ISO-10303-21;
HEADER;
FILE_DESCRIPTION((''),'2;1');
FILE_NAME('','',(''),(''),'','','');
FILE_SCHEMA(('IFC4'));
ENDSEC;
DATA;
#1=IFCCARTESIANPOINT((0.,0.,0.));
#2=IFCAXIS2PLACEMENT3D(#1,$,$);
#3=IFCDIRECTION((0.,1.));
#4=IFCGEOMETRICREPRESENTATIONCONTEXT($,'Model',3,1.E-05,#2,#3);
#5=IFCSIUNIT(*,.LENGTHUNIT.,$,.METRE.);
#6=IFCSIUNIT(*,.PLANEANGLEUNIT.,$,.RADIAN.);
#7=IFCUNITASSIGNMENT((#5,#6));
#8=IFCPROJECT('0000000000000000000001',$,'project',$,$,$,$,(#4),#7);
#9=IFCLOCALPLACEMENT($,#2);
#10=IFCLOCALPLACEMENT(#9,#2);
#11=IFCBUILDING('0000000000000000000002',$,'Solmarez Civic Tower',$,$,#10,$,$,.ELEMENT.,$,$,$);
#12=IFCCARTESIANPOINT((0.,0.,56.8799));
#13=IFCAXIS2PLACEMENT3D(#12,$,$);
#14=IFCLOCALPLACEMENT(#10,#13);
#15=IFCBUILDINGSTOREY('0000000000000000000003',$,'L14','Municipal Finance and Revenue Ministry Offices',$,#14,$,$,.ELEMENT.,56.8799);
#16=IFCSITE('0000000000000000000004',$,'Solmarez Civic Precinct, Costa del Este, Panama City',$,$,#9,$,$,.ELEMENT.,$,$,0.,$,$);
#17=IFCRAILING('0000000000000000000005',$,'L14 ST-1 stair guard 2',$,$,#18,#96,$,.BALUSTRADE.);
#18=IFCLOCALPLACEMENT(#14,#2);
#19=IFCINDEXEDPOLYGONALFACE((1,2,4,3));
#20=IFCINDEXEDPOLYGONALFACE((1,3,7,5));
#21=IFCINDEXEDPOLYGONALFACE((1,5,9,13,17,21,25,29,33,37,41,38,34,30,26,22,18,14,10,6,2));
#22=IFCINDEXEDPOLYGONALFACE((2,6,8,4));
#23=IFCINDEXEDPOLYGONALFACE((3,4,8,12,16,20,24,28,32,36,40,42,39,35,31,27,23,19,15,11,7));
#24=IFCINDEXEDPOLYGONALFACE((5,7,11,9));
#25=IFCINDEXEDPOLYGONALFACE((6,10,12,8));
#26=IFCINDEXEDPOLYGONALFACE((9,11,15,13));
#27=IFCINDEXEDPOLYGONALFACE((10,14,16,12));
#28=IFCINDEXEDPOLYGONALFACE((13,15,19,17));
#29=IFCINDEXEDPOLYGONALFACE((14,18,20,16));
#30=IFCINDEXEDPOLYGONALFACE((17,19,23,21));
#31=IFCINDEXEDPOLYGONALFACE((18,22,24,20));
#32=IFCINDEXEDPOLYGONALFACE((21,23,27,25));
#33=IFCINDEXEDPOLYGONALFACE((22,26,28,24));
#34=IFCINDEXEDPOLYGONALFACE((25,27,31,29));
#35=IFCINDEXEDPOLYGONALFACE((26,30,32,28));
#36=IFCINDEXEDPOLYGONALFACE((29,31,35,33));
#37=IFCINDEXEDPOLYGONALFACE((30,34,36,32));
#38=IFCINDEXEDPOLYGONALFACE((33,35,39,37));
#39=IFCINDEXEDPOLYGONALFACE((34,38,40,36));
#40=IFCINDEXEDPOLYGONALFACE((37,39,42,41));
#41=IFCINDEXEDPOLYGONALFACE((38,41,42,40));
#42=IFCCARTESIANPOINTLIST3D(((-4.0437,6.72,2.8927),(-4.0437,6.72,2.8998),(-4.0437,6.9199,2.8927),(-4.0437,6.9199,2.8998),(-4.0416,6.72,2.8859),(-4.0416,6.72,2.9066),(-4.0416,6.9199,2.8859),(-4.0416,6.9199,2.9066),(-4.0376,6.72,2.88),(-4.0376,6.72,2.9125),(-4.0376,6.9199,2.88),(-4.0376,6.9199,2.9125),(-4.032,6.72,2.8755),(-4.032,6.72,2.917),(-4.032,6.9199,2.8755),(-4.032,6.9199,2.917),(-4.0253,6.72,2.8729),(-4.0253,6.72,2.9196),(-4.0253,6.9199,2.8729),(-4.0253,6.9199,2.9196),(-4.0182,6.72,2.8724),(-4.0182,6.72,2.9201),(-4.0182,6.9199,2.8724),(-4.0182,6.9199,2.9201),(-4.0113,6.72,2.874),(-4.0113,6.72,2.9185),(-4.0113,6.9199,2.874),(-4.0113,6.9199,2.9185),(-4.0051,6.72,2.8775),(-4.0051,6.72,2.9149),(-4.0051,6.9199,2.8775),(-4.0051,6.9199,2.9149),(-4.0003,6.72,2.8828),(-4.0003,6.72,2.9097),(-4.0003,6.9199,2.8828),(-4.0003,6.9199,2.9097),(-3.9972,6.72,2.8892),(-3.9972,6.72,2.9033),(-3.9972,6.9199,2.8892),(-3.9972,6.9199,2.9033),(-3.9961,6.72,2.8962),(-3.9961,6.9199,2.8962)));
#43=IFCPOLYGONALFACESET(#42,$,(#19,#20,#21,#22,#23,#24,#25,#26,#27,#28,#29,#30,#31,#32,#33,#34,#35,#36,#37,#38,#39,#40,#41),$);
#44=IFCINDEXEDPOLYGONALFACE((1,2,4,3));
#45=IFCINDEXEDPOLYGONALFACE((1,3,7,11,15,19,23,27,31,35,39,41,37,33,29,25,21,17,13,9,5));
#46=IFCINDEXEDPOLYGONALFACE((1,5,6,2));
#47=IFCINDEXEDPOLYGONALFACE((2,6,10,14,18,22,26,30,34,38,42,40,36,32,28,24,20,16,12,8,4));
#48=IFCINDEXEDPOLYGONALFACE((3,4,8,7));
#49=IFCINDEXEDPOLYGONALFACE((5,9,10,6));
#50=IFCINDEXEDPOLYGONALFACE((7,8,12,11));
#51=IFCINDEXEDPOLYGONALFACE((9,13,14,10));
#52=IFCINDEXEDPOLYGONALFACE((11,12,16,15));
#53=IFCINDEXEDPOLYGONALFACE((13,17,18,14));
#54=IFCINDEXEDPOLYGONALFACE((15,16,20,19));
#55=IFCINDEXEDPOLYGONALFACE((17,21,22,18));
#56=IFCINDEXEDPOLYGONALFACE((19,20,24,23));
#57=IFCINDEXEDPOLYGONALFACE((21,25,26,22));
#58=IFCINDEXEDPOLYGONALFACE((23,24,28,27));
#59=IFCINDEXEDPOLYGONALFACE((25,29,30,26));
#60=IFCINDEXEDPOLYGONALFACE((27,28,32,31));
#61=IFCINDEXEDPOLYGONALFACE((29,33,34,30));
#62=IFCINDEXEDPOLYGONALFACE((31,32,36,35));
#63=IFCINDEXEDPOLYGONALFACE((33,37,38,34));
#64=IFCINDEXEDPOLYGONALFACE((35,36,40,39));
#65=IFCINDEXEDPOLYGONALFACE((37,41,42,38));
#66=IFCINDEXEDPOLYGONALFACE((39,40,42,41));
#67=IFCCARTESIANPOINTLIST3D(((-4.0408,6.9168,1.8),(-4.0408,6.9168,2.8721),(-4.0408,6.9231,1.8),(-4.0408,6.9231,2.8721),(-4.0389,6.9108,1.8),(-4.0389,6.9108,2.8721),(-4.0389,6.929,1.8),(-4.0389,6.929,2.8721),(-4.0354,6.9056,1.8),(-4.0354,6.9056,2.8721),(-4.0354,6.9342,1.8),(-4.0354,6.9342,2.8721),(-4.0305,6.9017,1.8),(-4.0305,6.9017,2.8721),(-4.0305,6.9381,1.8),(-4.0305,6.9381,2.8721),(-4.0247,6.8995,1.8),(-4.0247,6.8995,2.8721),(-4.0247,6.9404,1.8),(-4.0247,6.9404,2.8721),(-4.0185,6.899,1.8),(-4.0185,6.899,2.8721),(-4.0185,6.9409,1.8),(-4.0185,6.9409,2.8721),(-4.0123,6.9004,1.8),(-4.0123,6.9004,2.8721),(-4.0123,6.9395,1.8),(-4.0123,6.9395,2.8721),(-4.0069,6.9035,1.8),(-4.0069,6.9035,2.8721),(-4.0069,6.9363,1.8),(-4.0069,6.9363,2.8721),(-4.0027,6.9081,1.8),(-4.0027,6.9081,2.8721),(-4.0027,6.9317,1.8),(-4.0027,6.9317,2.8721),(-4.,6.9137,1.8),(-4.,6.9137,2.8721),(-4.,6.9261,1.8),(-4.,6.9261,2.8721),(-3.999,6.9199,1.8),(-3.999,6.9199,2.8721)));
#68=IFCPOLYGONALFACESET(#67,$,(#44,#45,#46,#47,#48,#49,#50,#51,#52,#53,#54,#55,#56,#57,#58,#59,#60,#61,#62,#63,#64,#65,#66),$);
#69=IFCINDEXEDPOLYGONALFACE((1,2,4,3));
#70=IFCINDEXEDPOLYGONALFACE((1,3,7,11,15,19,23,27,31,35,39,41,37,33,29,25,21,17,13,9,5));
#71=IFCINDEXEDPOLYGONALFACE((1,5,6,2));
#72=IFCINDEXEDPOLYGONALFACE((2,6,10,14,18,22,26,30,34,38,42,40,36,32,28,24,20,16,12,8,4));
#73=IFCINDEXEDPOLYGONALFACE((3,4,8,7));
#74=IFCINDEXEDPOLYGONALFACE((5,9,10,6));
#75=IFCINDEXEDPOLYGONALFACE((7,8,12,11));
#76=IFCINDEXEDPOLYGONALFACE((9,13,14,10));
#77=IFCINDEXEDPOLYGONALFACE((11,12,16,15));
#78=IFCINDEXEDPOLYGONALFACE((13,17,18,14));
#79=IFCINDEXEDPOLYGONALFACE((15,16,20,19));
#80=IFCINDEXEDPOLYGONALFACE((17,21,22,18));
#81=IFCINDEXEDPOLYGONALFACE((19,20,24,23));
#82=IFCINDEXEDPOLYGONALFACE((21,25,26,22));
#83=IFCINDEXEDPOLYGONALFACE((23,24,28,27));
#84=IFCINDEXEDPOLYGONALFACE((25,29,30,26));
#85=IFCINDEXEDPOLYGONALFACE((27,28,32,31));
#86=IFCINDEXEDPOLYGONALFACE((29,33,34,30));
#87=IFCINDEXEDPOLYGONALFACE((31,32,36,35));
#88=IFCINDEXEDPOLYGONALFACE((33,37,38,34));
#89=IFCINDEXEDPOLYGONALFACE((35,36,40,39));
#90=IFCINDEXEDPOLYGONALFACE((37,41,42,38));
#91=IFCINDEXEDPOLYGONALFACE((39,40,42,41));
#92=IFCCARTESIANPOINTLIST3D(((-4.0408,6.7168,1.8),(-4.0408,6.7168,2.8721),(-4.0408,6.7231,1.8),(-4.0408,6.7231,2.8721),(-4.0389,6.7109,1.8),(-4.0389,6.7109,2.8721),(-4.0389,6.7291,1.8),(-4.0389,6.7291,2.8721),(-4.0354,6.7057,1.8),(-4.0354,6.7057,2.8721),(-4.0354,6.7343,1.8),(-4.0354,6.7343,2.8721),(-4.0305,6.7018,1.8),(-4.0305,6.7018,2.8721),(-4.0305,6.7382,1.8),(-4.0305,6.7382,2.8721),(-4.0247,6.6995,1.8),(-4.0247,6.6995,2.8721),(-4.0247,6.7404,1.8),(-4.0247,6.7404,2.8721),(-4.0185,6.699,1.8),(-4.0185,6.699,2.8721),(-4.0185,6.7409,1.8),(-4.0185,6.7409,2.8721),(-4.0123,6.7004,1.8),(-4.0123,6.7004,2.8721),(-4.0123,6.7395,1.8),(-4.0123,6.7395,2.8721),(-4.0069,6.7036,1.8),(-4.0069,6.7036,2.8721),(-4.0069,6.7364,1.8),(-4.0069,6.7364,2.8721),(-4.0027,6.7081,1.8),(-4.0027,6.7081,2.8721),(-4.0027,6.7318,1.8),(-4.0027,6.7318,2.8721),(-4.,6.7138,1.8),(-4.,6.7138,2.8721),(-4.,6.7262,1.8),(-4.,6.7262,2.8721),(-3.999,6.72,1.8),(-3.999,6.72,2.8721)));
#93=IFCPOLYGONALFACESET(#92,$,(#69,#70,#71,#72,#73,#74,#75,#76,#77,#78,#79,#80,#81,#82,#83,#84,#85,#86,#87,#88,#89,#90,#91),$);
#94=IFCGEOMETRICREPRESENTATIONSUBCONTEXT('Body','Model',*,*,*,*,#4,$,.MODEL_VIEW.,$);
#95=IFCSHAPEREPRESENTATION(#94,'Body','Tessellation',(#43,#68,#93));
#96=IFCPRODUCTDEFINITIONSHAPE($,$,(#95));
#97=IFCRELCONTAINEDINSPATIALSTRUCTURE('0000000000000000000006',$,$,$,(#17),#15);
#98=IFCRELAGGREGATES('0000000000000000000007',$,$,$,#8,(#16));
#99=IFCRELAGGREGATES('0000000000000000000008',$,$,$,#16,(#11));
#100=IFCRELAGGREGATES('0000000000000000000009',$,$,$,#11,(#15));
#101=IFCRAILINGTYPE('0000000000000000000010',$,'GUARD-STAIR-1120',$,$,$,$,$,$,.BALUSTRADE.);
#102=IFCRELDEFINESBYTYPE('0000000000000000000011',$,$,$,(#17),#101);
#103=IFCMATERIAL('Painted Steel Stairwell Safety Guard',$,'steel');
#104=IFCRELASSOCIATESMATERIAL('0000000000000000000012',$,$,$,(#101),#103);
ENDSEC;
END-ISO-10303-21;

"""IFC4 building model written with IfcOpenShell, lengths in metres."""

from ifc_helpers import new_model, si_unit, direction, frame, origin, origin_2d, place, context, subcontext, project, spatial, circle, extrude, material, type_object, element, save


model = new_model("IFC4")

# Units and contexts
model_context = context("Model", 3, precision=1e-05, world=origin(), true_north=direction((0.0, 1.0)))
body_context = subcontext(model_context, "Body", "Model", "MODEL_VIEW")
ifc_project = project(units=[si_unit("LENGTHUNIT", "METRE"), si_unit("PLANEANGLEUNIT", "RADIAN")], contexts=[model_context])

# Site, building, storey
site_placement = place(None, origin())
site = spatial("IfcSite", under=ifc_project, at=site_placement, Name="Solmarez Civic Precinct, Costa del Este, Panama City", CompositionType="ELEMENT", RefElevation=0.0)
building_placement = place(site_placement, origin())
building = spatial("IfcBuilding", under=site, at=building_placement, Name="Solmarez Civic Tower", CompositionType="ELEMENT")
storey_placement = place(building_placement, frame((0.0, 0.0, 56.8799)))
storey = spatial("IfcBuildingStorey", under=building, at=storey_placement, Name="L14", Description="Municipal Finance and Revenue Ministry Offices", CompositionType="ELEMENT", Elevation=56.8799)

# Railing
ifc_material_1 = material(Name="Painted Steel Stairwell Safety Guard", Category="steel")
railing_type_1 = type_object("IfcRailingType", Name="GUARD-STAIR-1120", PredefinedType="BALUSTRADE", material=ifc_material_1)
railing_1_placement = place(storey_placement, frame((-4.02, 6.9199, 1.8)))
element("IfcRailing", 1, at=railing_1_placement, inside=storey, type_object=railing_type_1, Name="L14 ST-1 stair guard 2", PredefinedType="BALUSTRADE", context=body_context, shape_type="SweptSolid", body=[
    extrude(circle(Radius=0.0239, at=origin_2d()), frame((0.0, 0.0, 1.0962), z_axis=(0.0, -1.0, 0.0), x_axis=(1.0, 0.0, 0.0)), (0.0, 0.0, 1.0), 0.2),
    extrude(circle(Radius=0.021, at=origin_2d()), origin(), (0.0, 0.0, 1.0), 1.072),
    extrude(circle(Radius=0.021, at=origin_2d()), frame((0.0, -0.2, 0.0)), (0.0, 0.0, 1.0), 1.072),
])

save(model, "model.ifc")
